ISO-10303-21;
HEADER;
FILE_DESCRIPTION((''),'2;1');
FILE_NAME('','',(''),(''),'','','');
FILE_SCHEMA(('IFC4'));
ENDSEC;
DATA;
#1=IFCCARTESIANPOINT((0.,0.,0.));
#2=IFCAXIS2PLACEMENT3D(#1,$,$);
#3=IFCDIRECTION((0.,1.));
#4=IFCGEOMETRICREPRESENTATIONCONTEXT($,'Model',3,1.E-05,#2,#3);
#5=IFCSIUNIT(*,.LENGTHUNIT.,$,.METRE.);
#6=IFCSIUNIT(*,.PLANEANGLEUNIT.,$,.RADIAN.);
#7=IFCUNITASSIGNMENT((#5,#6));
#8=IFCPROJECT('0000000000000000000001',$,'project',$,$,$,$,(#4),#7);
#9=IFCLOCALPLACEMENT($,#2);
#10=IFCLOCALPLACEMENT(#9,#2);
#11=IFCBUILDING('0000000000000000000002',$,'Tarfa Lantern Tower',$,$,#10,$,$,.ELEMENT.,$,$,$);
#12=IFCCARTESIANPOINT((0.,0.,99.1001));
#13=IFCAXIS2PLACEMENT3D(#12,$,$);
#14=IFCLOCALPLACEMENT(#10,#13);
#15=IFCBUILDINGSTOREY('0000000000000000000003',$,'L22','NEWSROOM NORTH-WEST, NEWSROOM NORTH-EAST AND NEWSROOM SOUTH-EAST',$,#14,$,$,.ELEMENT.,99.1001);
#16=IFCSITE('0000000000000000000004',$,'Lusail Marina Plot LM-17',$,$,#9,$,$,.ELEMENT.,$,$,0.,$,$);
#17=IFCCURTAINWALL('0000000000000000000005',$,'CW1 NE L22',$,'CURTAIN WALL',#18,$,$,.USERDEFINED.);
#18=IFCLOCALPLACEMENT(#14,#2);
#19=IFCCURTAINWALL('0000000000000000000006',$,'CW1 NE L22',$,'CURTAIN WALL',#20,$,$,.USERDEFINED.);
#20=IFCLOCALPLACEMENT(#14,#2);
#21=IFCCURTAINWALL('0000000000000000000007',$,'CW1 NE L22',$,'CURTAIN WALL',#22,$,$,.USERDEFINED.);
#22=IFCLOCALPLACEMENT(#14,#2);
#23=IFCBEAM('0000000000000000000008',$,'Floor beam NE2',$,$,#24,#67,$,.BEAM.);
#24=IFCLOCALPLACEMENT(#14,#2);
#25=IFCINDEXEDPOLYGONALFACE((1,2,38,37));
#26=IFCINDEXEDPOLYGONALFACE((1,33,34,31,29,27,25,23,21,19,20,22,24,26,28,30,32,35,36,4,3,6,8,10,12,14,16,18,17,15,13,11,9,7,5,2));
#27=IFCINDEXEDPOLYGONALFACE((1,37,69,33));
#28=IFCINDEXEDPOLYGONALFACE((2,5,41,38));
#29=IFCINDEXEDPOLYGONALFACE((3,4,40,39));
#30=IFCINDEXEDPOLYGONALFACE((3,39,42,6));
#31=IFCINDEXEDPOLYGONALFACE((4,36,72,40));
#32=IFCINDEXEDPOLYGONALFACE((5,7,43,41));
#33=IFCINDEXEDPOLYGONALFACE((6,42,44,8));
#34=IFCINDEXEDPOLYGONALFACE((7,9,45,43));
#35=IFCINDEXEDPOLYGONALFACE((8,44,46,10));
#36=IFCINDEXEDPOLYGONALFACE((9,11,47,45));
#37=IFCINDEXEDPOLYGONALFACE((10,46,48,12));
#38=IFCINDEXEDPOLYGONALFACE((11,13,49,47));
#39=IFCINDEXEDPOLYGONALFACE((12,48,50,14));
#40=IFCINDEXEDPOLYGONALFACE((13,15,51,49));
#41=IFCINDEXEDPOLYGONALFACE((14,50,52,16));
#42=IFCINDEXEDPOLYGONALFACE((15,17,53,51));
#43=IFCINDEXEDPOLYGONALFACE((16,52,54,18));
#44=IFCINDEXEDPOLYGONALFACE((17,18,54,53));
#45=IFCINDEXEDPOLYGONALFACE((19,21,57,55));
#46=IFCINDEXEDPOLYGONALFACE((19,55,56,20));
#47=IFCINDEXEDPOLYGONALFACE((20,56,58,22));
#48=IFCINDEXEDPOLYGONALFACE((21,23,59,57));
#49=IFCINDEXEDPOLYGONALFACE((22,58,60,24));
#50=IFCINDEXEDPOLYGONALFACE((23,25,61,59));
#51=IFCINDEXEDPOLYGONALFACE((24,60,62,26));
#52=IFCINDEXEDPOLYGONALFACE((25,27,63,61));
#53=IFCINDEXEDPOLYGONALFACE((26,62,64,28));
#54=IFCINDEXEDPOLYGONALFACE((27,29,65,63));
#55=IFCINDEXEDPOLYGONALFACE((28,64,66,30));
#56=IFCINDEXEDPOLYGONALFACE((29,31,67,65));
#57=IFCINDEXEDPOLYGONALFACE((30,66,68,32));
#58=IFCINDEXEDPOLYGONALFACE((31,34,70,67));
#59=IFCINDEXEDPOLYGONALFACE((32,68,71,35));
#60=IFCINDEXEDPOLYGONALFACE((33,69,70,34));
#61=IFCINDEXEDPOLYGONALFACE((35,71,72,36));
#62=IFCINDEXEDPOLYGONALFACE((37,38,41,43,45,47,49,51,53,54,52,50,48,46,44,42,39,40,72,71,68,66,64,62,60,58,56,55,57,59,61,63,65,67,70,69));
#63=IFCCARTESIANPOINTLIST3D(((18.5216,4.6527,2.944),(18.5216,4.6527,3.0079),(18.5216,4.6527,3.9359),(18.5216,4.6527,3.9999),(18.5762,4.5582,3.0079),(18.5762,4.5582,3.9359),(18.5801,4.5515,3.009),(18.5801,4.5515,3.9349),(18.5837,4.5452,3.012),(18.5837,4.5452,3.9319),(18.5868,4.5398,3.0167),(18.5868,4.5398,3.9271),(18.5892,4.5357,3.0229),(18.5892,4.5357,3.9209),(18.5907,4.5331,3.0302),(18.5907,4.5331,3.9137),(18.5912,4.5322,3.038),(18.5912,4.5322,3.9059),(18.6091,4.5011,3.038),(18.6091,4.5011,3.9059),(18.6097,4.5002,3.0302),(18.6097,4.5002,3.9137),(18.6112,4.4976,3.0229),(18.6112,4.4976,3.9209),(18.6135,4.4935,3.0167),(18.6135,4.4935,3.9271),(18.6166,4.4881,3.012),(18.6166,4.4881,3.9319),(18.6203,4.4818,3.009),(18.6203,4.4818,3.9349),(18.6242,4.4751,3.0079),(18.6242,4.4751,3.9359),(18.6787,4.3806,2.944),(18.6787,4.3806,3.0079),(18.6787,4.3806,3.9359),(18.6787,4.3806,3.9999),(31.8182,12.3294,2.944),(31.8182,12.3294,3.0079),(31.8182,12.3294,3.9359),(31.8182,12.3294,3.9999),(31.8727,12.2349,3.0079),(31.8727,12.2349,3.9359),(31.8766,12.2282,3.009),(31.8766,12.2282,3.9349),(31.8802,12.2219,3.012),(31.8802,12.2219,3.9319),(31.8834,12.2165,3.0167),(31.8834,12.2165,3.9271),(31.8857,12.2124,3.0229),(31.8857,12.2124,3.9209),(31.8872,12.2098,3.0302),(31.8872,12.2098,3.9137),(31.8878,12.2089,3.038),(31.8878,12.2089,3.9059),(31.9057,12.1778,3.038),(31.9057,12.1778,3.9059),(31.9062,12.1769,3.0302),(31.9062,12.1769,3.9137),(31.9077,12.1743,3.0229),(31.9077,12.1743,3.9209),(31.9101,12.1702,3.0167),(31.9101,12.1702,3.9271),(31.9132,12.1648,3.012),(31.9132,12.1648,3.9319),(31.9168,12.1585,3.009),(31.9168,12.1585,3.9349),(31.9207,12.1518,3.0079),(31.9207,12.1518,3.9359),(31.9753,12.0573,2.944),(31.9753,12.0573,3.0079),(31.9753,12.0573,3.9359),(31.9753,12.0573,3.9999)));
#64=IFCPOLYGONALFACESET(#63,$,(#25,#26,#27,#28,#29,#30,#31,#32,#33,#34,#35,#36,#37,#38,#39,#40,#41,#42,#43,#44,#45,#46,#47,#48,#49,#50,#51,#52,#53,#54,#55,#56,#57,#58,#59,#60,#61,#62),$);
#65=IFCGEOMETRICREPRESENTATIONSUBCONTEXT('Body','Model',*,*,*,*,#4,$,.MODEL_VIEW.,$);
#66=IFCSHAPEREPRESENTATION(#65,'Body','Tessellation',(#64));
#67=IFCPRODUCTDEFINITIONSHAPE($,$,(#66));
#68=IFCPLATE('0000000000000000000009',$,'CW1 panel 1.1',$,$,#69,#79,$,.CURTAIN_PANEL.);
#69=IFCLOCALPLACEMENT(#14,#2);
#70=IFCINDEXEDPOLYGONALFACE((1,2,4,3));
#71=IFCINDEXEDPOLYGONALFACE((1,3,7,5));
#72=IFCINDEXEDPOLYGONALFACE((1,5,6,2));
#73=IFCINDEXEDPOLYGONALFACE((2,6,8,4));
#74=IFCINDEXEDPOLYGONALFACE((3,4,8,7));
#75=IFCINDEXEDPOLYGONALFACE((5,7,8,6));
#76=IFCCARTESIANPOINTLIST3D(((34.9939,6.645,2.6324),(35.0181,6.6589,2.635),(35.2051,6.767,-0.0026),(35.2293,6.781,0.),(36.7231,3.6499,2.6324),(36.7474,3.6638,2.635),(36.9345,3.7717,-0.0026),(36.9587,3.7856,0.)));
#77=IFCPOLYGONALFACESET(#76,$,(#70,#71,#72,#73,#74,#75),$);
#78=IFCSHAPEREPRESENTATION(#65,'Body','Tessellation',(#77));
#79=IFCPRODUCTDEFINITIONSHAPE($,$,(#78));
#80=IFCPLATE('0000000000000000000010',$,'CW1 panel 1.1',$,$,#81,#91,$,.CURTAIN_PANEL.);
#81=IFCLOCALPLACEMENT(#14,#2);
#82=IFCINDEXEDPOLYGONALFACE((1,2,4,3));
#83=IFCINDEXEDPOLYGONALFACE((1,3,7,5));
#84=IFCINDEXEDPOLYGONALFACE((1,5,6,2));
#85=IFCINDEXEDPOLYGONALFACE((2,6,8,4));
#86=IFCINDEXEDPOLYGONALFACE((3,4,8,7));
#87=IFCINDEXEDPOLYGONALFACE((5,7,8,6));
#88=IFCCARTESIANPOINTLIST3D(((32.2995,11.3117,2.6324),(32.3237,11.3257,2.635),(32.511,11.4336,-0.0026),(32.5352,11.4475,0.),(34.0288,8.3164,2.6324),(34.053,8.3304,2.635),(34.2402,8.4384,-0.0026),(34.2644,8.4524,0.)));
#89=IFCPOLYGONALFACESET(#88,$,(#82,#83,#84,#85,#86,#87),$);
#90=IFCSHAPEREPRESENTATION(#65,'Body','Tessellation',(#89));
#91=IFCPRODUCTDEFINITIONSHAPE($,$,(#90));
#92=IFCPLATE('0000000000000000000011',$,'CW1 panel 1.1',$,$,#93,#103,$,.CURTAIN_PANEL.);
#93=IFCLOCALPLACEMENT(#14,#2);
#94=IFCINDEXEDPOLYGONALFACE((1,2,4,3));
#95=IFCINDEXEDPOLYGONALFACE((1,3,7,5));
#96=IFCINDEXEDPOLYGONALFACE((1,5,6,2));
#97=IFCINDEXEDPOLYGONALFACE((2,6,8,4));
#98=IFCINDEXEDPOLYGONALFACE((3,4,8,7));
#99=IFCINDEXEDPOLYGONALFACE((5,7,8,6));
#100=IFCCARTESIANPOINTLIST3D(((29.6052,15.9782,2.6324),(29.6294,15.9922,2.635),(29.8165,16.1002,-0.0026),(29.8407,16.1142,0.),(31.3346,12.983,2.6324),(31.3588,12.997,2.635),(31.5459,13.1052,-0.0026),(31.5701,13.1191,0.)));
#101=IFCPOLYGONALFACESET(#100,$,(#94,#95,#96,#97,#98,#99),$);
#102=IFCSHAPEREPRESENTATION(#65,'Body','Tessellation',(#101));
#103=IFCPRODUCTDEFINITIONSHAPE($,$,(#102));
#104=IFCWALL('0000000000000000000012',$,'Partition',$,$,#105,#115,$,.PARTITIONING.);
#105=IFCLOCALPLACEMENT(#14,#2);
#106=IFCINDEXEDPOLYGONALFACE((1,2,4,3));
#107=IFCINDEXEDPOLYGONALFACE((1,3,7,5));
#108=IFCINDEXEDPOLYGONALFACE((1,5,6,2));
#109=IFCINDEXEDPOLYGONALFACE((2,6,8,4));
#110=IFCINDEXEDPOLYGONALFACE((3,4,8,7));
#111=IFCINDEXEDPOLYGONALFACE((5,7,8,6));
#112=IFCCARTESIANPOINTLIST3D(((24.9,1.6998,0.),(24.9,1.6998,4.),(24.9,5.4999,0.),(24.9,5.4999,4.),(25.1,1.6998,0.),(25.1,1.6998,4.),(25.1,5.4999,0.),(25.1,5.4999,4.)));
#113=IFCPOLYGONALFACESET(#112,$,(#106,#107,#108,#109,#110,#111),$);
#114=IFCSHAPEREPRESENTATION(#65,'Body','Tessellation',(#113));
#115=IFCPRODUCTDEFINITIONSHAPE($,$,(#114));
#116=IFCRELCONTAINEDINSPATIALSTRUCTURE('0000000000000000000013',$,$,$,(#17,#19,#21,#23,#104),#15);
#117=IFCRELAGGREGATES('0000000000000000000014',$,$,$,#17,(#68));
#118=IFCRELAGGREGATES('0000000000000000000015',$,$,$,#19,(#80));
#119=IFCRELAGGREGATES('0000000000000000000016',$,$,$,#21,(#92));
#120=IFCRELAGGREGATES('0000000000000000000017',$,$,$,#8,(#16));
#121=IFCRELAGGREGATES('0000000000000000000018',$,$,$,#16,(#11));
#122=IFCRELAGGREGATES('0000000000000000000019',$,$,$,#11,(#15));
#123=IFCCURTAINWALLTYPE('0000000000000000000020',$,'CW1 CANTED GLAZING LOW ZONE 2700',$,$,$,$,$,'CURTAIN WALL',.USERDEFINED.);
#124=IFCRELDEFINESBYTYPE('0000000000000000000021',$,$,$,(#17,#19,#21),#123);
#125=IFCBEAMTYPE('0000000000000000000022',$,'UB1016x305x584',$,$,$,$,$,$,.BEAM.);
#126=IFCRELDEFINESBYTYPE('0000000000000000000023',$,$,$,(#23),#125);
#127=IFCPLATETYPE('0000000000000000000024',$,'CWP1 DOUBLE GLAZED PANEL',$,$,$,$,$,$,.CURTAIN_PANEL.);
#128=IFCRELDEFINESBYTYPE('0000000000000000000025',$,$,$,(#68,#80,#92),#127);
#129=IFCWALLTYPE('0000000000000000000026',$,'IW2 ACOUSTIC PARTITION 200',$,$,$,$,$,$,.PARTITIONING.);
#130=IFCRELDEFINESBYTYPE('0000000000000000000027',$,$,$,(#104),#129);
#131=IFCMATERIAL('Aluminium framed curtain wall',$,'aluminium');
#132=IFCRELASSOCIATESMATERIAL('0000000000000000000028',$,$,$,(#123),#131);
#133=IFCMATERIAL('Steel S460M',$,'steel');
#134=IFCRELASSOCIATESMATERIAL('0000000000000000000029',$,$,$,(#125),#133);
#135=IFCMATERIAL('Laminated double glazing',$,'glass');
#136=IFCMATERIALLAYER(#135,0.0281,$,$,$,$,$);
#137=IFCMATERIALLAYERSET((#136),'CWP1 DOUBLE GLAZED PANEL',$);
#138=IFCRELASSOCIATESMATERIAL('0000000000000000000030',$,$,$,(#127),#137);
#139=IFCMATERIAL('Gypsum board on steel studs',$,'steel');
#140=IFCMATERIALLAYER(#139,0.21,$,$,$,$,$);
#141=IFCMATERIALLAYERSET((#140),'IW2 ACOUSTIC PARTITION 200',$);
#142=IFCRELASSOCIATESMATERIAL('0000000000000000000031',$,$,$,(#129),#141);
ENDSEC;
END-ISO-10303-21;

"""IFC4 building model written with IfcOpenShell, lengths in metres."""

from ifc_helpers import new_model, si_unit, direction, frame, frame_2d, origin, origin_2d, place, context, subcontext, project, spatial, polyline, rectangle, i_section, outline, extrude, material, layer, layer_set, material_profile, profile_set, type_object, element, aggregate, save


model = new_model("IFC4")

# Units and contexts
model_context = context("Model", 3, precision=1e-05, world=origin(), true_north=direction((0.0, 1.0)))
body_context = subcontext(model_context, "Body", "Model", "MODEL_VIEW")
ifc_project = project(units=[si_unit("LENGTHUNIT", "METRE"), si_unit("PLANEANGLEUNIT", "RADIAN")], contexts=[model_context])

# Site, building, storey
site_placement = place(None, origin())
site = spatial("IfcSite", under=ifc_project, at=site_placement, Name="Lusail Marina Plot LM-17", CompositionType="ELEMENT", RefElevation=0.0)
building_placement = place(site_placement, origin())
building = spatial("IfcBuilding", under=site, at=building_placement, Name="Tarfa Lantern Tower", CompositionType="ELEMENT")
storey_placement = place(building_placement, frame((0.0, 0.0, 99.1001)))
storey = spatial("IfcBuildingStorey", under=building, at=storey_placement, Name="L22", Description="NEWSROOM NORTH-WEST, NEWSROOM NORTH-EAST AND NEWSROOM SOUTH-EAST", CompositionType="ELEMENT", Elevation=99.1001)

# Curtain walls
ifc_material_1 = material(Name="Aluminium framed curtain wall", Category="aluminium")
curtain_wall_type = type_object("IfcCurtainWallType", Name="CW1 CANTED GLAZING LOW ZONE 2700", ElementType="CURTAIN WALL", PredefinedType="USERDEFINED", material=ifc_material_1)
curtain_wall_1_placement = place(storey_placement, origin())
curtain_wall_1 = element("IfcCurtainWall", 1, at=curtain_wall_1_placement, inside=storey, type_object=curtain_wall_type, Name="CW1 NE L22", ObjectType="CURTAIN WALL", PredefinedType="USERDEFINED")
curtain_wall_2_placement = place(storey_placement, origin())
curtain_wall_2 = element("IfcCurtainWall", 2, at=curtain_wall_2_placement, inside=storey, type_object=curtain_wall_type, Name="CW1 NE L22", ObjectType="CURTAIN WALL", PredefinedType="USERDEFINED")

# Curtain wall
curtain_wall_3_placement = place(storey_placement, origin())
curtain_wall_3 = element("IfcCurtainWall", 3, at=curtain_wall_3_placement, inside=storey, type_object=curtain_wall_type, Name="CW1 NE L22", ObjectType="CURTAIN WALL", PredefinedType="USERDEFINED")

# Beam
ifc_material_2 = material(Name="Steel S460M", Category="steel")
ifc_material_profile_1 = material_profile(ifc_material_2, i_section(OverallWidth=0.3142, OverallDepth=1.0559, WebThickness=0.0359, FlangeThickness=0.064, FilletRadius=0.03, at=origin_2d()), Name="UB1016x305x584")
ifc_profile_set_1 = profile_set([ifc_material_profile_1], Name="Steel S460M")
beam_type_1 = type_object("IfcBeamType", Name="UB1016x305x584", PredefinedType="BEAM", material=ifc_profile_set_1)
beam_1_placement = place(storey_placement, frame((31.8967, 12.1934, 3.4719), z_axis=(-0.866027, -0.499997, 0.0), x_axis=(0.499997, -0.866027, 0.0)))
element("IfcBeam", 4, at=beam_1_placement, inside=storey, type_object=beam_type_1, Name="Floor beam NE2", PredefinedType="BEAM", context=body_context, shape_type="SweptSolid", body=[
    extrude(i_section(OverallWidth=0.3142, OverallDepth=1.0559, WebThickness=0.0359, FlangeThickness=0.064, FilletRadius=0.03, at=origin_2d()), origin(), (0.0, 0.0, 1.0), 15.3535),
])

# Plates
ifc_material_3 = material(Name="Laminated double glazing", Category="glass")
ifc_layer_1 = layer(ifc_material_3, 0.0281)
ifc_layer_set_1 = layer_set([ifc_layer_1], Name="CWP1 DOUBLE GLAZED PANEL")
plate_type = type_object("IfcPlateType", Name="CWP1 DOUBLE GLAZED PANEL", PredefinedType="CURTAIN_PANEL", material=ifc_layer_set_1)
plate_1_placement = place(storey_placement, frame((36.9587, 3.7856, 0.0), z_axis=(0.862329, 0.497885, 0.092193), x_axis=(-0.500015, 0.866017, 0.000001)))
plate_1 = element("IfcPlate", 5, at=plate_1_placement, type_object=plate_type, Name="CW1 panel 1.1", PredefinedType="CURTAIN_PANEL", context=body_context, shape_type="SweptSolid", body=[
    extrude(outline(polyline([(0.0, 0.0), (3.4588, 0.0), (3.4587, 2.6463), (0.0002, 2.6463), (0.0, 0.0)])), origin(), (0.0, 0.0, -1.0), 0.0281),
])
aggregate(curtain_wall_1, [plate_1])
plate_2_placement = place(storey_placement, frame((34.2644, 8.4524, 0.0), z_axis=(0.862341, 0.497857, 0.092233), x_axis=(-0.499988, 0.866032, 0.000002)))
plate_2 = element("IfcPlate", 6, at=plate_2_placement, type_object=plate_type, Name="CW1 panel 1.1", PredefinedType="CURTAIN_PANEL", context=body_context, shape_type="SweptSolid", body=[
    extrude(outline(polyline([(0.0, 0.0), (3.4585, 0.0), (3.4587, 2.6463), (0.0, 2.6463), (0.0, 0.0)])), origin(), (0.0, 0.0, -1.0), 0.0281),
])
aggregate(curtain_wall_2, [plate_2])
plate_3_placement = place(storey_placement, frame((31.5701, 13.1191, 0.0), z_axis=(0.862318, 0.497899, 0.092216), x_axis=(-0.50003, 0.866008, -0.000003)))
plate_3 = element("IfcPlate", 7, at=plate_3_placement, type_object=plate_type, Name="CW1 panel 1.1", PredefinedType="CURTAIN_PANEL", context=body_context, shape_type="SweptSolid", body=[
    extrude(outline(polyline([(0.0, 0.0), (3.4585, 0.0), (3.4585, 2.6463), (-0.0001, 2.6463), (0.0, 0.0)])), origin(), (0.0, 0.0, -1.0), 0.0281),
])
aggregate(curtain_wall_3, [plate_3])

# Wall
ifc_material_4 = material(Name="Gypsum board on steel studs", Category="steel")
ifc_layer_2 = layer(ifc_material_4, 0.21)
ifc_layer_set_2 = layer_set([ifc_layer_2], Name="IW2 ACOUSTIC PARTITION 200")
wall_type = type_object("IfcWallType", Name="IW2 ACOUSTIC PARTITION 200", PredefinedType="PARTITIONING", material=ifc_layer_set_2)
wall_placement = place(storey_placement, frame((25.0, 1.7, 0.0), z_axis=(0.0, 0.0, 1.0), x_axis=(0.0, 1.0, 0.0)))
element("IfcWall", 8, at=wall_placement, inside=storey, type_object=wall_type, Name="Partition", PredefinedType="PARTITIONING", context=body_context, shape_type="SweptSolid", body=[
    extrude(rectangle(XDim=3.8, YDim=0.2, at=frame_2d((1.8999, 0.0))), origin(), (0.0, 0.0, 1.0), 4.0),
])

save(model, "model.ifc")
